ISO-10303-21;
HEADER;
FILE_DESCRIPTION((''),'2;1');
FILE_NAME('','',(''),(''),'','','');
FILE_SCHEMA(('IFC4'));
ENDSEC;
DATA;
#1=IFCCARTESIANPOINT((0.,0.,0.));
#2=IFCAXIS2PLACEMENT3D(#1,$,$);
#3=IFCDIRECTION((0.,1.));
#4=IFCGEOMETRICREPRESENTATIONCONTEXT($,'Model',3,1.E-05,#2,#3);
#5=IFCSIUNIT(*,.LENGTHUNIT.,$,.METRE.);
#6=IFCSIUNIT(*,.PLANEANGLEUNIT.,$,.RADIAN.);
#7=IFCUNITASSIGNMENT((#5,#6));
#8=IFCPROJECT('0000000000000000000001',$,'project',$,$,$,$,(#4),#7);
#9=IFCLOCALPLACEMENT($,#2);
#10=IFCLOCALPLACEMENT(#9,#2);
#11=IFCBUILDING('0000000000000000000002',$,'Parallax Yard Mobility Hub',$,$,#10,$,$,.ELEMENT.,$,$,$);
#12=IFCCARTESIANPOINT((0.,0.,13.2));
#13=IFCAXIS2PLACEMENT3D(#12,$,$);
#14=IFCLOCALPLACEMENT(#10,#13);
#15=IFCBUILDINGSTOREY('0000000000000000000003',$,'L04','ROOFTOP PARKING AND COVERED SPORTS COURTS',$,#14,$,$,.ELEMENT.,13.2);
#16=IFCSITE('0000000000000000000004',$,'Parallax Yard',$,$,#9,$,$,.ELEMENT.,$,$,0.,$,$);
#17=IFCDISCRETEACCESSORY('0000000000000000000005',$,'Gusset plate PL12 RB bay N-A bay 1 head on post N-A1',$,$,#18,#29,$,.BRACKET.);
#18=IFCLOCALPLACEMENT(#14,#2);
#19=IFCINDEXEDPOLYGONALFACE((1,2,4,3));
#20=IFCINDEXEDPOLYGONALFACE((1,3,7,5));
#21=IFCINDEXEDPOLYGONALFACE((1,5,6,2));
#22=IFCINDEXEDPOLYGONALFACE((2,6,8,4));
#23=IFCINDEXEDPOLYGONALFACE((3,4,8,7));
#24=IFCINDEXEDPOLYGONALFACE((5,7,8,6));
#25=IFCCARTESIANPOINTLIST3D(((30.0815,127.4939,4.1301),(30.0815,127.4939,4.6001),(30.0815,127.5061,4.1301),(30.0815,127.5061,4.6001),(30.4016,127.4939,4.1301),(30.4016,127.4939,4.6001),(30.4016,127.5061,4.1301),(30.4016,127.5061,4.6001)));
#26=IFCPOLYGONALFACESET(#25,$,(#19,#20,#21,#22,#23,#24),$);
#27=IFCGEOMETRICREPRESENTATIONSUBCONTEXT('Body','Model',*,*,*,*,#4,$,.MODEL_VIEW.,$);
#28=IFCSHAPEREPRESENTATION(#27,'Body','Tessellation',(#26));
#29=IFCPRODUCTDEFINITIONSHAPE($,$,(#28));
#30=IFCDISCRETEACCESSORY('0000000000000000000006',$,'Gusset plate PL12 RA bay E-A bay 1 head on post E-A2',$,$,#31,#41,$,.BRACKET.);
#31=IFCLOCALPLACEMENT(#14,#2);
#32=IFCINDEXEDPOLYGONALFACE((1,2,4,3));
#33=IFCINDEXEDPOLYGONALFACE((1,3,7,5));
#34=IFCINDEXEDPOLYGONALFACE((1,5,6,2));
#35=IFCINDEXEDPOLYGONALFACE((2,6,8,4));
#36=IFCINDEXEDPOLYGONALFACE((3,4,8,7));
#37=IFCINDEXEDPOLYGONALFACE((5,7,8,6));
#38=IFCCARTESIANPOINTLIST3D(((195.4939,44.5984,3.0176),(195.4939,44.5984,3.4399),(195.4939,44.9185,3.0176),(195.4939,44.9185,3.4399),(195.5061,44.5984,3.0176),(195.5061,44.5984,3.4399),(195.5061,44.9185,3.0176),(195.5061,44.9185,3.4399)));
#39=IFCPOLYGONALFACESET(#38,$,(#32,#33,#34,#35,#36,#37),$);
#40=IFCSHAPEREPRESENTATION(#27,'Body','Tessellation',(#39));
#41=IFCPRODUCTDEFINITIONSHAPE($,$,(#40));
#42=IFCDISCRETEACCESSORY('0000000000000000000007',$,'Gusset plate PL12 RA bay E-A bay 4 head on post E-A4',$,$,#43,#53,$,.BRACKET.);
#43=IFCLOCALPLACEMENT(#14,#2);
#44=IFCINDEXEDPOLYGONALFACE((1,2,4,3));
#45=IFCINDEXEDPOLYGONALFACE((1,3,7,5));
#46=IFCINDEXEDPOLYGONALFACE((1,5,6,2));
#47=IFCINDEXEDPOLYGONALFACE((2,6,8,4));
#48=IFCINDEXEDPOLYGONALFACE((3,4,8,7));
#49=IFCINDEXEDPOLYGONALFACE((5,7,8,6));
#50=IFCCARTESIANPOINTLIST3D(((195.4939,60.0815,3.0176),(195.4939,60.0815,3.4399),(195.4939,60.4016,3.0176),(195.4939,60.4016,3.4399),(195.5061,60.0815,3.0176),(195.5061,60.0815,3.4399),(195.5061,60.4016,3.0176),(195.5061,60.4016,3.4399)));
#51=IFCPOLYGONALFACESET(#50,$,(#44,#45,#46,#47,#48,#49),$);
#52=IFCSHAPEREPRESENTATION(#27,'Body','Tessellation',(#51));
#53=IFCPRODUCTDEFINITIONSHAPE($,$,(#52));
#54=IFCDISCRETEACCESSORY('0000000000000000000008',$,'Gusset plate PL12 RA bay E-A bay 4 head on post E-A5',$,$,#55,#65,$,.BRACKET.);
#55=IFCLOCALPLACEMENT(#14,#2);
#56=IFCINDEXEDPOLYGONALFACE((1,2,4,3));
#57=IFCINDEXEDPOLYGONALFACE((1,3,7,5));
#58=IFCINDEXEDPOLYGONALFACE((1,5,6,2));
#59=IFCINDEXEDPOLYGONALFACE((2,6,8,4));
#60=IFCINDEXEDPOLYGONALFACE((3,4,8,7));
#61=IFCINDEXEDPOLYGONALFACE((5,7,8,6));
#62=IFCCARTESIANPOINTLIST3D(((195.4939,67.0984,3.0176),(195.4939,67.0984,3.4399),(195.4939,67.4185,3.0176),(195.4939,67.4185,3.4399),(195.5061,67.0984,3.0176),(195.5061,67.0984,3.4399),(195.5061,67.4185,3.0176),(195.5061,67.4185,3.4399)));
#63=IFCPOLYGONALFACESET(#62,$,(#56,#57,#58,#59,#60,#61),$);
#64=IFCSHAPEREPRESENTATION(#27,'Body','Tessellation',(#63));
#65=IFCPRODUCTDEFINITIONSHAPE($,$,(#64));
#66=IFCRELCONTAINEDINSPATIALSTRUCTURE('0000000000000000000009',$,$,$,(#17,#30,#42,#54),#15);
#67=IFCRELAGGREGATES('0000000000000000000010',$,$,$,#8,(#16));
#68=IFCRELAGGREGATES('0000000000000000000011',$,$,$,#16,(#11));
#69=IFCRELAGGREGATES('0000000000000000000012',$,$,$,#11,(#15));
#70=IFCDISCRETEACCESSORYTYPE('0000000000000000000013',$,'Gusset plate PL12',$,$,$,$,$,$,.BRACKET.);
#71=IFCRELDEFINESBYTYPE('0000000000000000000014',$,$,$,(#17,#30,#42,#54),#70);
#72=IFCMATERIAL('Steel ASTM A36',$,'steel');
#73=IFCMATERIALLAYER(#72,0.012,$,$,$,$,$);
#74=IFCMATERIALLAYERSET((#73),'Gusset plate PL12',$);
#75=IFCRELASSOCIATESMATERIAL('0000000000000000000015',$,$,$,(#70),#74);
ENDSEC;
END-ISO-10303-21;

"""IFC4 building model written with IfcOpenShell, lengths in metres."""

from ifc_helpers import new_model, si_unit, direction, frame, origin, place, context, subcontext, project, spatial, polyline, outline, extrude, material, layer, layer_set, type_object, element, save


model = new_model("IFC4")

# Units and contexts
model_context = context("Model", 3, precision=1e-05, world=origin(), true_north=direction((0.0, 1.0)))
body_context = subcontext(model_context, "Body", "Model", "MODEL_VIEW")
ifc_project = project(units=[si_unit("LENGTHUNIT", "METRE"), si_unit("PLANEANGLEUNIT", "RADIAN")], contexts=[model_context])

# Site, building, storey
site_placement = place(None, origin())
site = spatial("IfcSite", under=ifc_project, at=site_placement, Name="Parallax Yard", CompositionType="ELEMENT", RefElevation=0.0)
building_placement = place(site_placement, origin())
building = spatial("IfcBuilding", under=site, at=building_placement, Name="Parallax Yard Mobility Hub", CompositionType="ELEMENT")
storey_placement = place(building_placement, frame((0.0, 0.0, 13.2)))
storey = spatial("IfcBuildingStorey", under=building, at=storey_placement, Name="L04", Description="ROOFTOP PARKING AND COVERED SPORTS COURTS", CompositionType="ELEMENT", Elevation=13.2)

# Discrete accessories
ifc_material_1 = material(Name="Steel ASTM A36", Category="steel")
ifc_layer_1 = layer(ifc_material_1, 0.012)
ifc_layer_set_1 = layer_set([ifc_layer_1], Name="Gusset plate PL12")
discrete_accessory_type = type_object("IfcDiscreteAccessoryType", Name="Gusset plate PL12", PredefinedType="BRACKET", material=ifc_layer_set_1)
discrete_accessory_1_placement = place(storey_placement, frame((0.0, 0.0, 4.1301)))
element("IfcDiscreteAccessory", 1, at=discrete_accessory_1_placement, inside=storey, type_object=discrete_accessory_type, Name="Gusset plate PL12 RB bay N-A bay 1 head on post N-A1", PredefinedType="BRACKET", context=body_context, shape_type="SweptSolid", body=[
    extrude(outline(polyline([(30.0815, 127.4939), (30.4016, 127.4939), (30.4016, 127.5061), (30.0815, 127.5061), (30.0815, 127.4939)])), origin(), (0.0, 0.0, 1.0), 0.47),
])
discrete_accessory_2_placement = place(storey_placement, frame((0.0, 0.0, 3.0176)))
element("IfcDiscreteAccessory", 2, at=discrete_accessory_2_placement, inside=storey, type_object=discrete_accessory_type, Name="Gusset plate PL12 RA bay E-A bay 1 head on post E-A2", PredefinedType="BRACKET", context=body_context, shape_type="SweptSolid", body=[
    extrude(outline(polyline([(195.4939, 44.9185), (195.4939, 44.5984), (195.5061, 44.5984), (195.5061, 44.9185), (195.4939, 44.9185)])), origin(), (0.0, 0.0, 1.0), 0.4224),
])
discrete_accessory_3_placement = place(storey_placement, frame((0.0, 0.0, 3.0176)))
element("IfcDiscreteAccessory", 3, at=discrete_accessory_3_placement, inside=storey, type_object=discrete_accessory_type, Name="Gusset plate PL12 RA bay E-A bay 4 head on post E-A4", PredefinedType="BRACKET", context=body_context, shape_type="SweptSolid", body=[
    extrude(outline(polyline([(195.5061, 60.0815), (195.5061, 60.4016), (195.4939, 60.4016), (195.4939, 60.0815), (195.5061, 60.0815)])), origin(), (0.0, 0.0, 1.0), 0.4224),
])
discrete_accessory_4_placement = place(storey_placement, frame((0.0, 0.0, 3.0176)))
element("IfcDiscreteAccessory", 4, at=discrete_accessory_4_placement, inside=storey, type_object=discrete_accessory_type, Name="Gusset plate PL12 RA bay E-A bay 4 head on post E-A5", PredefinedType="BRACKET", context=body_context, shape_type="SweptSolid", body=[
    extrude(outline(polyline([(195.4939, 67.4185), (195.4939, 67.0984), (195.5061, 67.0984), (195.5061, 67.4185), (195.4939, 67.4185)])), origin(), (0.0, 0.0, 1.0), 0.4224),
])

save(model, "model.ifc")
